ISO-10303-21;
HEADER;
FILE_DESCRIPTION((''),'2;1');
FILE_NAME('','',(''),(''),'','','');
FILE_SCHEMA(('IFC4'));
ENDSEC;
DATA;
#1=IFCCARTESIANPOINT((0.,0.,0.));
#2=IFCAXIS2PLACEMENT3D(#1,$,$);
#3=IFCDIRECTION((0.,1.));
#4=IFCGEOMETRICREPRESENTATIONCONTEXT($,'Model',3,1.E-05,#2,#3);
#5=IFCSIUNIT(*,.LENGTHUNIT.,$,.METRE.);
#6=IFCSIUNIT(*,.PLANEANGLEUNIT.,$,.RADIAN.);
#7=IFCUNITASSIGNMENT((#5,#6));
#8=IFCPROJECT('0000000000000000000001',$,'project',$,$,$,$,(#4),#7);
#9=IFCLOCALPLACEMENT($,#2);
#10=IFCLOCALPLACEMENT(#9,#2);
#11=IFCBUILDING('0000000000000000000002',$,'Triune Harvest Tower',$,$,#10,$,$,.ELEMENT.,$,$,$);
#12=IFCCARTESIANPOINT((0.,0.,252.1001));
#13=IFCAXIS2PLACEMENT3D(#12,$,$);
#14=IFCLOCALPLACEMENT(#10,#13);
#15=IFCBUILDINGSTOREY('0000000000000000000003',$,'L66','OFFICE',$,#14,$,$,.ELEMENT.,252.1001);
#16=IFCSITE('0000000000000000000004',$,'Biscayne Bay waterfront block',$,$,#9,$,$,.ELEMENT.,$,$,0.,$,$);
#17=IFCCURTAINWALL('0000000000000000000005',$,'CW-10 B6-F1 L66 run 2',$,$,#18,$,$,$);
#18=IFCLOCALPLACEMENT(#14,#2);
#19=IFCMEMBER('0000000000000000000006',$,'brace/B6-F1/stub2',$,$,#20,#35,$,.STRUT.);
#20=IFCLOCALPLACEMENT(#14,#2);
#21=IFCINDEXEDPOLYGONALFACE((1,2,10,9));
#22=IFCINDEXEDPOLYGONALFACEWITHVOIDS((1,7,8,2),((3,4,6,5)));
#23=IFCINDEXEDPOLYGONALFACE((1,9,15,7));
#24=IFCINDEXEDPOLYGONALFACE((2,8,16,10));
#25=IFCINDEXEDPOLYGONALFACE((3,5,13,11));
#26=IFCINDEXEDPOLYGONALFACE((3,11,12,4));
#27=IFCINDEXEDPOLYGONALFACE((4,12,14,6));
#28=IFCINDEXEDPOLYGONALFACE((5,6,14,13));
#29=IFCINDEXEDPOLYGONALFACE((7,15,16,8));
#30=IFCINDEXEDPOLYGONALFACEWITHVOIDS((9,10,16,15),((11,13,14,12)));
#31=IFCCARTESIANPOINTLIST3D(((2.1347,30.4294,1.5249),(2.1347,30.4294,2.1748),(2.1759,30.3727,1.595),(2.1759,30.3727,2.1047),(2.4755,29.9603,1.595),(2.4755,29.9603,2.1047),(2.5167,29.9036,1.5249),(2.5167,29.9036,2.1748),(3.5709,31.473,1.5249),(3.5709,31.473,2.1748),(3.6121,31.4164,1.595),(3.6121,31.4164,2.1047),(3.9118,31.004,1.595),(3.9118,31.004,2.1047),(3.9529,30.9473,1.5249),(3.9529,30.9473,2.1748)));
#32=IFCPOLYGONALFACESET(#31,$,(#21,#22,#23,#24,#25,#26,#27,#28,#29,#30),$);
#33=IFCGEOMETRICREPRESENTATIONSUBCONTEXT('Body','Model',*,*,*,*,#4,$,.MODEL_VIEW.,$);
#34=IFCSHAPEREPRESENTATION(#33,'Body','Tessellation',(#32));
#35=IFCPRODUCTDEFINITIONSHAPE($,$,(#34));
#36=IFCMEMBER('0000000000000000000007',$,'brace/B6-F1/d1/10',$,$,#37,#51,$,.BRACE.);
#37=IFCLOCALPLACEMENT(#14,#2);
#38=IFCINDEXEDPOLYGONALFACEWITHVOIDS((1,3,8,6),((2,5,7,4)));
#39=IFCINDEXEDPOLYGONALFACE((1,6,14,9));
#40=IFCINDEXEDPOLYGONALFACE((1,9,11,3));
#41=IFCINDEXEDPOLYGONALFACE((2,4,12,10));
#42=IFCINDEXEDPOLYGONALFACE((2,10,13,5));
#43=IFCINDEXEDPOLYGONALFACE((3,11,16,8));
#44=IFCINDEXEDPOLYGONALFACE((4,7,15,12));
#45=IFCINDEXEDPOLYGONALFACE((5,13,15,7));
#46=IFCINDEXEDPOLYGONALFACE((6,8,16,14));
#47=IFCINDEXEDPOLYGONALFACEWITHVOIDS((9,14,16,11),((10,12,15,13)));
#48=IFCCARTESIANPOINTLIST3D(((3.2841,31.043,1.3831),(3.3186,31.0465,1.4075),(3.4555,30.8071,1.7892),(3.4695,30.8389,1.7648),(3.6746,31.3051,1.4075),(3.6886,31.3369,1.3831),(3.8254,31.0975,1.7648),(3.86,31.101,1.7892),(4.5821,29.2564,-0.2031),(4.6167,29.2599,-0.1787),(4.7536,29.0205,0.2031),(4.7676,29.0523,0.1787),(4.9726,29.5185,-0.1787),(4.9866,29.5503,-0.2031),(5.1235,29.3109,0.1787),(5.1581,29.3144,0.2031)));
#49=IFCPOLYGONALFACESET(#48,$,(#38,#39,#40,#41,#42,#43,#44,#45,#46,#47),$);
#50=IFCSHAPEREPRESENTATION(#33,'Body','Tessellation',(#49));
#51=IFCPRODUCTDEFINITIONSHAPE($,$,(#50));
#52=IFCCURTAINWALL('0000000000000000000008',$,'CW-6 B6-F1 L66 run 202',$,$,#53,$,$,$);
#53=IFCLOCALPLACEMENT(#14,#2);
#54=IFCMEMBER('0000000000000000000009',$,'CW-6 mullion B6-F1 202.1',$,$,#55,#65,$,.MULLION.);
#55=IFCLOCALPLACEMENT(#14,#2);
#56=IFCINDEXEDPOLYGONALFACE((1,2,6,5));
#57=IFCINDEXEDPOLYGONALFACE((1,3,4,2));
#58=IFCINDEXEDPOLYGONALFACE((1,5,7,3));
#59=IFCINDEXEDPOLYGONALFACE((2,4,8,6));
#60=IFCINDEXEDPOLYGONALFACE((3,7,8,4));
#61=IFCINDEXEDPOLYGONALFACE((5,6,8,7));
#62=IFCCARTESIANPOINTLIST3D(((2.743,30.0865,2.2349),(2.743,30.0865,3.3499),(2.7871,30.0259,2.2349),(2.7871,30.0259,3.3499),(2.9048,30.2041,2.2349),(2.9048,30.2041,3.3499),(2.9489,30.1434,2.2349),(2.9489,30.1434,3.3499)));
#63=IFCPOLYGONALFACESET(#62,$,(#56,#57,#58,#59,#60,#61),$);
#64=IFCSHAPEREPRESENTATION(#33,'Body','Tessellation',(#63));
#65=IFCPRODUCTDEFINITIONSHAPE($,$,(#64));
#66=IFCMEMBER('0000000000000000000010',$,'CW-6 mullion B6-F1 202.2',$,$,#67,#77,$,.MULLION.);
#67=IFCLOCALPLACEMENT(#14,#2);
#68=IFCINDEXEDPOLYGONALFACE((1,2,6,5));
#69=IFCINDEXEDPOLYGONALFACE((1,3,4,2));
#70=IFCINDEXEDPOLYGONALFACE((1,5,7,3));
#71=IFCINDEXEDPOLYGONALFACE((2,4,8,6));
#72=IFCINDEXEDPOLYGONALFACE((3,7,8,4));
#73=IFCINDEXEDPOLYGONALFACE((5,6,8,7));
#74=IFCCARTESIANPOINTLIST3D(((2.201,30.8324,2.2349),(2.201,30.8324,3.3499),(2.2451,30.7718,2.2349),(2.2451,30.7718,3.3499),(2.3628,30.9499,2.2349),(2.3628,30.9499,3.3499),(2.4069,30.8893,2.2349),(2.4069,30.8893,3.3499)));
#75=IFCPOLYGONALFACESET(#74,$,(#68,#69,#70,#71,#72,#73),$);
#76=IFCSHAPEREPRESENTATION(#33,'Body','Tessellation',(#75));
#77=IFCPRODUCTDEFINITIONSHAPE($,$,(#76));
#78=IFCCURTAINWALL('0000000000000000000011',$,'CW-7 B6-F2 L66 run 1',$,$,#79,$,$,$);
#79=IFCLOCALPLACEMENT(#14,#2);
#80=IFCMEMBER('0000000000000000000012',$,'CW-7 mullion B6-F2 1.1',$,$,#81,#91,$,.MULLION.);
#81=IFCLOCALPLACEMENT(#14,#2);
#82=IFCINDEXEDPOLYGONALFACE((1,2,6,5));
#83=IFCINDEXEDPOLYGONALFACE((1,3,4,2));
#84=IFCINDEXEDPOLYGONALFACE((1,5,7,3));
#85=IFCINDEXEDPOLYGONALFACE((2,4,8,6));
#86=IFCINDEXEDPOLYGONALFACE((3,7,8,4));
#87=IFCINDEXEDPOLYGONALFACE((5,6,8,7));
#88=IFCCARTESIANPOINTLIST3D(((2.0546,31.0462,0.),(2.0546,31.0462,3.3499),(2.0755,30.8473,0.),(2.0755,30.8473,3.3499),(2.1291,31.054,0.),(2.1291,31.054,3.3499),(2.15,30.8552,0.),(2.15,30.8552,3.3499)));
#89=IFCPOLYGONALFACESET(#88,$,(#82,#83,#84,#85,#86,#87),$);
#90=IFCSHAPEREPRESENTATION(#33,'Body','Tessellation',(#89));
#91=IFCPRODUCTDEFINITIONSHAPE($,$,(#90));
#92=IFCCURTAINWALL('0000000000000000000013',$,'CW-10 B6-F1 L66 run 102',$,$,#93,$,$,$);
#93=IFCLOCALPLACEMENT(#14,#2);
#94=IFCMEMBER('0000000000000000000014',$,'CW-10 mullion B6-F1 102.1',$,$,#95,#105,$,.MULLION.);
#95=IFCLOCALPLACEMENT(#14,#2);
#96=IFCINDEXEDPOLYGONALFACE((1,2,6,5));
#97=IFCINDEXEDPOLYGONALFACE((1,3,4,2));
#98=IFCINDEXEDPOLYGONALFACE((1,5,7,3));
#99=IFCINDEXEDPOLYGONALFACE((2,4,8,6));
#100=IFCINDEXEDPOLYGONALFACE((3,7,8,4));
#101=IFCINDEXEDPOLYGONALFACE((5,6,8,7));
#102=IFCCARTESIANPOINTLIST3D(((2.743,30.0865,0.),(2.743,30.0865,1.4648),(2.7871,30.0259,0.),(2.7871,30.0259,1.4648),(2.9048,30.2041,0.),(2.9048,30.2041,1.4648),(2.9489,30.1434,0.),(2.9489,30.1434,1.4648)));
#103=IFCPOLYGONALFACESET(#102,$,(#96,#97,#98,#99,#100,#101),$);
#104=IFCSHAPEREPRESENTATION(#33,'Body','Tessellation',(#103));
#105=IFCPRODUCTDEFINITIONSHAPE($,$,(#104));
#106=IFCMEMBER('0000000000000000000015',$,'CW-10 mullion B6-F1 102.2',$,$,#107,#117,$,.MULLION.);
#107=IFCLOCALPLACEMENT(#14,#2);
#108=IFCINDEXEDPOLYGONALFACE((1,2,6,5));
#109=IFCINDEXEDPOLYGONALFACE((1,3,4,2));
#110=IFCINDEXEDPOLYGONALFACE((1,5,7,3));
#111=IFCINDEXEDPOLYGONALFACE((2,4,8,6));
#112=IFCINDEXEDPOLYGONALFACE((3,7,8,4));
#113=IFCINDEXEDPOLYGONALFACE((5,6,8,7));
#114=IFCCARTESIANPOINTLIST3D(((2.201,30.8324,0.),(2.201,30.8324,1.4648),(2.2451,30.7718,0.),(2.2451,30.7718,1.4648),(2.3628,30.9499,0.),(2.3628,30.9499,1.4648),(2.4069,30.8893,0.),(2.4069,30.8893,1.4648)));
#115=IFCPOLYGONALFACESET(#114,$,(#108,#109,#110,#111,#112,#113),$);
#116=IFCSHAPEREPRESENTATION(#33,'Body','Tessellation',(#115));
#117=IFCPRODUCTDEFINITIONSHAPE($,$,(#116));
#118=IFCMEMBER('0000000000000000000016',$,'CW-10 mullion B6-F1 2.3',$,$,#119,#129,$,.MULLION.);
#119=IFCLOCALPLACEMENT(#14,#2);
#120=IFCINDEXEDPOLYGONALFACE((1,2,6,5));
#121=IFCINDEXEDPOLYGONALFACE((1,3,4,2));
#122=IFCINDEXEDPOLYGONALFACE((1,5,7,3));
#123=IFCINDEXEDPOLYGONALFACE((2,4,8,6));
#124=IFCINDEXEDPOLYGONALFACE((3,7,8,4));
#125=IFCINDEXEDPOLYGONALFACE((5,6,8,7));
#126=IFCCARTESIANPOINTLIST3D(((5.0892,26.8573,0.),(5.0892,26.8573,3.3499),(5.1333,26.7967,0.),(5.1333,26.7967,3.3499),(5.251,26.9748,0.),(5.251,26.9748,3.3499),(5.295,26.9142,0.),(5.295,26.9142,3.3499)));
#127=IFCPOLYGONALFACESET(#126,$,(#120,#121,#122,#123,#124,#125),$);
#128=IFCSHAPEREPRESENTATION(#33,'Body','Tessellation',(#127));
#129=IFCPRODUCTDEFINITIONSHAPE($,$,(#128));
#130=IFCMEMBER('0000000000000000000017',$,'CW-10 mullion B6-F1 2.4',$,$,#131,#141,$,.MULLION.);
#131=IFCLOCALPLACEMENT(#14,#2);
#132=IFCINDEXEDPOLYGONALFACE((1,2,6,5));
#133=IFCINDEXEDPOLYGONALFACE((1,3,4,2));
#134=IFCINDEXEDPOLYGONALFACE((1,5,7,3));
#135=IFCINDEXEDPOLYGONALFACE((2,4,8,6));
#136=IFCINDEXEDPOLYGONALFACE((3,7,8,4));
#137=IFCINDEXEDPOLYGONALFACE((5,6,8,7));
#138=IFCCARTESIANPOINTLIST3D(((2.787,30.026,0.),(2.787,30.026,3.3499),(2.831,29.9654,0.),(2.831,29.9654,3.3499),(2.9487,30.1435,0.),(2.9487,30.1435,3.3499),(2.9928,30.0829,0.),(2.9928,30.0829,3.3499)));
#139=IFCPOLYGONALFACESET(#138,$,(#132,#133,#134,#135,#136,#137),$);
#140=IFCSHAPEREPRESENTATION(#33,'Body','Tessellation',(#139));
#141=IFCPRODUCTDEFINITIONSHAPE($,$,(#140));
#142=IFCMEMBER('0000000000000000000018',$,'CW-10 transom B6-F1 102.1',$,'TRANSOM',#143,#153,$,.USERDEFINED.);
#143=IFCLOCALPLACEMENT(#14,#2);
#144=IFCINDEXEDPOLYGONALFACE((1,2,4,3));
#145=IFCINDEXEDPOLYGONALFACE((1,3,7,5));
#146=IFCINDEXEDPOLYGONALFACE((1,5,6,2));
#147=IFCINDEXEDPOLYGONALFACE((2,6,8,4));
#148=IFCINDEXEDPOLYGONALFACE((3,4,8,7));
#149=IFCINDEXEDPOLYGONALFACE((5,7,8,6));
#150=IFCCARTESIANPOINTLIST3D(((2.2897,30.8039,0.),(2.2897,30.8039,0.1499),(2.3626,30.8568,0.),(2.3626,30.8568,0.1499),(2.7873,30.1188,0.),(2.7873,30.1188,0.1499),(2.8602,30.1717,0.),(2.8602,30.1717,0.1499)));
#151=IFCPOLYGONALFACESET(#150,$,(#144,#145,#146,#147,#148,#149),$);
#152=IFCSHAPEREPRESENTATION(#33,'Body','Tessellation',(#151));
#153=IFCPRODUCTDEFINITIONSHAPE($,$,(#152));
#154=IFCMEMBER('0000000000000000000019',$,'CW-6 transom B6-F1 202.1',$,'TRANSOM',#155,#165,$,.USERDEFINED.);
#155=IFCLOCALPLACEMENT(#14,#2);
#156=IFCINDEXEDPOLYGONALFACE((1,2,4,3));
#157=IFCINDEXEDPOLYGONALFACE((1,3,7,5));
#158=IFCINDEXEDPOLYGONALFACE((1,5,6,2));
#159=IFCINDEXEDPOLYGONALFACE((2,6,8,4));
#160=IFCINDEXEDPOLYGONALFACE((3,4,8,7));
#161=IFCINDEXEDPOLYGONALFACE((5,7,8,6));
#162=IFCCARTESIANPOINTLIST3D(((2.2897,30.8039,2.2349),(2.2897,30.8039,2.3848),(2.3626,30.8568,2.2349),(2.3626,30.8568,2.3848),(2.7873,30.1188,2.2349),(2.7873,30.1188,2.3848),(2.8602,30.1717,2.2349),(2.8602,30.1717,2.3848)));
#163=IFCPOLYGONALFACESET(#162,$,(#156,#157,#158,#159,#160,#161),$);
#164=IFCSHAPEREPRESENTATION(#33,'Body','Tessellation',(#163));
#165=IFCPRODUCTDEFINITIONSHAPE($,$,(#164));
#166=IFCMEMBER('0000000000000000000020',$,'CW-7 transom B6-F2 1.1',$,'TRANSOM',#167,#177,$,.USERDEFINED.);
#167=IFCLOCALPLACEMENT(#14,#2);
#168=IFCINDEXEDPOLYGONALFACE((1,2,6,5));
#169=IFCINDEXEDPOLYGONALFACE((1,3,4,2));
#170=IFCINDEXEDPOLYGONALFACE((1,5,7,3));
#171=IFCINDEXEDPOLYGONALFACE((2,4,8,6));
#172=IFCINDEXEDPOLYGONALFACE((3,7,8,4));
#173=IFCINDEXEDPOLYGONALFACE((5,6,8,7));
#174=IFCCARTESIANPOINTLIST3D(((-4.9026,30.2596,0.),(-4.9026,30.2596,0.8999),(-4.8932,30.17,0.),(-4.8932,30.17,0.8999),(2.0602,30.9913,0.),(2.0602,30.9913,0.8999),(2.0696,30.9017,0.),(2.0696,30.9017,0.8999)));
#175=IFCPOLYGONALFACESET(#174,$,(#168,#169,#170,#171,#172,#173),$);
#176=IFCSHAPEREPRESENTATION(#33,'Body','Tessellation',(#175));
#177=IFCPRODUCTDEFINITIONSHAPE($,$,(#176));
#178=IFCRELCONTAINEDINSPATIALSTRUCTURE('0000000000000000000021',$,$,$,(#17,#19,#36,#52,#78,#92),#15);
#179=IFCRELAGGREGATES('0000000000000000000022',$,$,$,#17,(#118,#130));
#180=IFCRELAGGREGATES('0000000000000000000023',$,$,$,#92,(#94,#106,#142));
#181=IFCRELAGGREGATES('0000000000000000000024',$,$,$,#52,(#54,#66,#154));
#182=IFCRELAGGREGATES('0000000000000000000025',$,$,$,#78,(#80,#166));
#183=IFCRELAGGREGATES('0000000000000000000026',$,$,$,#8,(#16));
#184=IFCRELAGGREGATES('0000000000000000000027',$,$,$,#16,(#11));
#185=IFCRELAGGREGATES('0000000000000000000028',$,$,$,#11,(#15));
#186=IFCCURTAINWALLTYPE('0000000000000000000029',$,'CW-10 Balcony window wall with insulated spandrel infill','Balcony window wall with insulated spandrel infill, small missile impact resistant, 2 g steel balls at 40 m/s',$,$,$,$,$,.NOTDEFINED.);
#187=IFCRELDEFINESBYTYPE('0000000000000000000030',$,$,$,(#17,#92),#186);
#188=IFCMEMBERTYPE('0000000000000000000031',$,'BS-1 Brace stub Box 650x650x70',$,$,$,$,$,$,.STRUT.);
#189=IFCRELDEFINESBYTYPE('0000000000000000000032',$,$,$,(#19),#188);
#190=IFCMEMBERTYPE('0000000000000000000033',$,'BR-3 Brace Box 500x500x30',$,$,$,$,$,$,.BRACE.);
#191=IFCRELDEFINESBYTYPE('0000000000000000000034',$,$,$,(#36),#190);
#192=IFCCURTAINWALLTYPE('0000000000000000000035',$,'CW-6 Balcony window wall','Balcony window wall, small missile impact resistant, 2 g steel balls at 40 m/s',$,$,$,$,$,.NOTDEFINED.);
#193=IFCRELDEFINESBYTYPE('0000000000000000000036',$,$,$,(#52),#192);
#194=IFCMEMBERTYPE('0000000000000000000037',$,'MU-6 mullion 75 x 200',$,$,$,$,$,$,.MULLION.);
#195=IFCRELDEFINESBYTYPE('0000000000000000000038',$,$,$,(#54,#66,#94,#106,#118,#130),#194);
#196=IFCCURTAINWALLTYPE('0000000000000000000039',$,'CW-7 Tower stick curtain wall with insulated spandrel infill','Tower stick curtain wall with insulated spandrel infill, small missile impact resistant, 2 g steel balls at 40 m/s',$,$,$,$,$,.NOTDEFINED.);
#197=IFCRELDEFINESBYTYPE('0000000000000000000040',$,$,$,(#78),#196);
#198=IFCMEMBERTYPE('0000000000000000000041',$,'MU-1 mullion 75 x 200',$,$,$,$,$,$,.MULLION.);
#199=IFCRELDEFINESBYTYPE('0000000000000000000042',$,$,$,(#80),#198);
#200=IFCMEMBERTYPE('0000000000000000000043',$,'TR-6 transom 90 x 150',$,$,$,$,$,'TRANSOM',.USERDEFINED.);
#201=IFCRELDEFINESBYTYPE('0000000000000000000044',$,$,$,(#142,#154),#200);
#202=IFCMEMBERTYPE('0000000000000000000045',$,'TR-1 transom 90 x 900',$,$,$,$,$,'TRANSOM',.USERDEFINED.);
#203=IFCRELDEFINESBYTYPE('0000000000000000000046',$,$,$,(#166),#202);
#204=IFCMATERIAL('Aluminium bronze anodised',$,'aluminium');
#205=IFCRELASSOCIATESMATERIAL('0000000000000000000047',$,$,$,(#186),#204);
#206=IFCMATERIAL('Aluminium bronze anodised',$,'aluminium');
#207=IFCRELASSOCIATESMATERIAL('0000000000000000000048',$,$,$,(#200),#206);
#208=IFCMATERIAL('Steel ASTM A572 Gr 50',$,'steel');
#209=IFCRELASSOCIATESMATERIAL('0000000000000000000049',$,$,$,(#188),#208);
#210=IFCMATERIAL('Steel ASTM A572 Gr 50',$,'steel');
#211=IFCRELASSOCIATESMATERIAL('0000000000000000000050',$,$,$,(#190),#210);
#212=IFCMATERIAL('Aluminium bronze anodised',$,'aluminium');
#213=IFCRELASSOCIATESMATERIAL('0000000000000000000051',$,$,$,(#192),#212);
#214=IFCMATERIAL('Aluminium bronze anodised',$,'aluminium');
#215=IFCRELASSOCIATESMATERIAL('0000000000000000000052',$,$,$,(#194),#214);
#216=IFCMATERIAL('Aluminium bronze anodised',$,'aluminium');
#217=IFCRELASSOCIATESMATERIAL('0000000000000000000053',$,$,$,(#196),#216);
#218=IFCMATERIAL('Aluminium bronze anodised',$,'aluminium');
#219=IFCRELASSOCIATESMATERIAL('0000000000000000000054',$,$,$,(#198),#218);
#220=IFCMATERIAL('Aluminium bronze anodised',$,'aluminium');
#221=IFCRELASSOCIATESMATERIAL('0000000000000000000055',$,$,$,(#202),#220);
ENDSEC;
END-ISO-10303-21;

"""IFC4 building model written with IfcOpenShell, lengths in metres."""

from ifc_helpers import new_model, si_unit, direction, frame, origin, origin_2d, place, context, subcontext, project, spatial, rectangle, hollow_rectangle, extrude, source, transform, mapped, material, material_profile, profile_set, type_object, element, aggregate, save


model = new_model("IFC4")

# Units and contexts
model_context = context("Model", 3, precision=1e-05, world=origin(), true_north=direction((0.0, 1.0)))
body_context = subcontext(model_context, "Body", "Model", "MODEL_VIEW")
ifc_project = project(units=[si_unit("LENGTHUNIT", "METRE"), si_unit("PLANEANGLEUNIT", "RADIAN")], contexts=[model_context])

# Site, building, storey
site_placement = place(None, origin())
site = spatial("IfcSite", under=ifc_project, at=site_placement, Name="Biscayne Bay waterfront block", CompositionType="ELEMENT", RefElevation=0.0)
building_placement = place(site_placement, origin())
building = spatial("IfcBuilding", under=site, at=building_placement, Name="Triune Harvest Tower", CompositionType="ELEMENT")
storey_placement = place(building_placement, frame((0.0, 0.0, 252.1001)))
storey = spatial("IfcBuildingStorey", under=building, at=storey_placement, Name="L66", Description="OFFICE", CompositionType="ELEMENT", Elevation=252.1001)

# Curtain wall
ifc_material_1 = material(Name="Aluminium bronze anodised", Category="aluminium")
curtain_wall_type_1 = type_object("IfcCurtainWallType", Name="CW-10 Balcony window wall with insulated spandrel infill", Description="Balcony window wall with insulated spandrel infill, small missile impact resistant, 2 g steel balls at 40 m/s", PredefinedType="NOTDEFINED", material=ifc_material_1)
curtain_wall_1_placement = place(storey_placement, origin())
curtain_wall_1 = element("IfcCurtainWall", 1, at=curtain_wall_1_placement, inside=storey, type_object=curtain_wall_type_1, Name="CW-10 B6-F1 L66 run 2")
ifc_material_2 = material(Name="Aluminium bronze anodised", Category="aluminium")
ifc_material_profile_1 = material_profile(ifc_material_2, rectangle(XDim=0.0901, YDim=0.1499, at=origin_2d()), Name="TR-6 transom 90 x 150")
ifc_profile_set_1 = profile_set([ifc_material_profile_1], Name="Aluminium bronze anodised")
member_type_1 = type_object("IfcMemberType", Name="TR-6 transom 90 x 150", ElementType="TRANSOM", PredefinedType="USERDEFINED", material=ifc_profile_set_1)

# Members
ifc_material_3 = material(Name="Steel ASTM A572 Gr 50", Category="steel")
ifc_material_profile_2 = material_profile(ifc_material_3, hollow_rectangle(XDim=0.6499, YDim=0.6499, WallThickness=0.0701, at=origin_2d()), Name="Box 650x650x70")
ifc_profile_set_2 = profile_set([ifc_material_profile_2], Name="Steel ASTM A572 Gr 50")
member_type_2 = type_object("IfcMemberType", Name="BS-1 Brace stub Box 650x650x70", PredefinedType="STRUT", material=ifc_profile_set_2)
shared_shape_1 = source(origin(), body_context, "Body", "SweptSolid", [
    extrude(hollow_rectangle(XDim=0.6499, YDim=0.6499, WallThickness=0.0701, at=origin_2d()), origin(), (0.0, 0.0, 1.0), 1.7754),
])
member_1_placement = place(storey_placement, frame((2.3257, 30.1665, 1.8499), z_axis=(0.808968, 0.587853, 0.0), x_axis=(-0.587853, 0.808968, 0.0)))
element("IfcMember", 2, at=member_1_placement, inside=storey, type_object=member_type_2, Name="brace/B6-F1/stub2", PredefinedType="STRUT", context=body_context, shape_type="MappedRepresentation", body=[
    mapped(shared_shape_1, transform((0.0, 0.0, 0.0), scale=1.0)),
])
ifc_material_4 = material(Name="Steel ASTM A572 Gr 50", Category="steel")
ifc_material_profile_3 = material_profile(ifc_material_4, hollow_rectangle(XDim=0.5, YDim=0.5, WallThickness=0.03, at=origin_2d()), Name="Box 500x500x30")
ifc_profile_set_3 = profile_set([ifc_material_profile_3], Name="Steel ASTM A572 Gr 50")
member_type_3 = type_object("IfcMemberType", Name="BR-3 Brace Box 500x500x30", PredefinedType="BRACE", material=ifc_profile_set_3)
shared_shape_2 = source(origin(), body_context, "Body", "SweptSolid", [
    extrude(hollow_rectangle(XDim=0.5, YDim=0.5, WallThickness=0.03, at=origin_2d()), origin(), (0.0, 0.0, 1.0), 2.719),
])
member_2_placement = place(storey_placement, frame((4.8701, 29.2854, 0.0), z_axis=(-0.477414, 0.657084, 0.583366), x_axis=(-0.809008, -0.587797, 0.0)))
element("IfcMember", 3, at=member_2_placement, inside=storey, type_object=member_type_3, Name="brace/B6-F1/d1/10", PredefinedType="BRACE", context=body_context, shape_type="MappedRepresentation", body=[
    mapped(shared_shape_2, transform((0.0, 0.0, 0.0), scale=1.0)),
])

# Curtain wall, members
ifc_material_5 = material(Name="Aluminium bronze anodised", Category="aluminium")
curtain_wall_type_2 = type_object("IfcCurtainWallType", Name="CW-6 Balcony window wall", Description="Balcony window wall, small missile impact resistant, 2 g steel balls at 40 m/s", PredefinedType="NOTDEFINED", material=ifc_material_5)
curtain_wall_2_placement = place(storey_placement, origin())
curtain_wall_2 = element("IfcCurtainWall", 4, at=curtain_wall_2_placement, inside=storey, type_object=curtain_wall_type_2, Name="CW-6 B6-F1 L66 run 202")
ifc_material_6 = material(Name="Aluminium bronze anodised", Category="aluminium")
ifc_material_profile_4 = material_profile(ifc_material_6, rectangle(XDim=0.2, YDim=0.075, at=origin_2d()), Name="MU-6 mullion 75 x 200")
ifc_profile_set_4 = profile_set([ifc_material_profile_4], Name="Aluminium bronze anodised")
member_type_4 = type_object("IfcMemberType", Name="MU-6 mullion 75 x 200", PredefinedType="MULLION", material=ifc_profile_set_4)
shared_shape_3 = source(origin(), body_context, "Body", "SweptSolid", [
    extrude(rectangle(XDim=0.2, YDim=0.075, at=origin_2d()), origin(), (0.0, 0.0, 1.0), 1.115),
])
member_3_placement = place(storey_placement, frame((2.8459, 30.115, 2.2349), z_axis=(0.0, 0.0, 1.0), x_axis=(-0.809009, -0.587796, 0.0)))
member_3 = element("IfcMember", 5, at=member_3_placement, type_object=member_type_4, Name="CW-6 mullion B6-F1 202.1", PredefinedType="MULLION", context=body_context, shape_type="MappedRepresentation", body=[
    mapped(shared_shape_3, transform((0.0, 0.0, 0.0), scale=1.0)),
])
member_4_placement = place(storey_placement, frame((2.304, 30.8608, 2.2349), z_axis=(0.0, 0.0, 1.0), x_axis=(-0.809009, -0.587796, 0.0)))
member_4 = element("IfcMember", 6, at=member_4_placement, type_object=member_type_4, Name="CW-6 mullion B6-F1 202.2", PredefinedType="MULLION", context=body_context, shape_type="MappedRepresentation", body=[
    mapped(shared_shape_3, transform((0.0, 0.0, 0.0), scale=1.0)),
])

# Curtain wall, member
ifc_material_7 = material(Name="Aluminium bronze anodised", Category="aluminium")
curtain_wall_type_3 = type_object("IfcCurtainWallType", Name="CW-7 Tower stick curtain wall with insulated spandrel infill", Description="Tower stick curtain wall with insulated spandrel infill, small missile impact resistant, 2 g steel balls at 40 m/s", PredefinedType="NOTDEFINED", material=ifc_material_7)
curtain_wall_3_placement = place(storey_placement, origin())
curtain_wall_3 = element("IfcCurtainWall", 7, at=curtain_wall_3_placement, inside=storey, type_object=curtain_wall_type_3, Name="CW-7 B6-F2 L66 run 1")
ifc_material_8 = material(Name="Aluminium bronze anodised", Category="aluminium")
ifc_material_profile_5 = material_profile(ifc_material_8, rectangle(XDim=0.2, YDim=0.075, at=origin_2d()), Name="MU-1 mullion 75 x 200")
ifc_profile_set_5 = profile_set([ifc_material_profile_5], Name="Aluminium bronze anodised")
member_type_5 = type_object("IfcMemberType", Name="MU-1 mullion 75 x 200", PredefinedType="MULLION", material=ifc_profile_set_5)
shared_shape_4 = source(origin(), body_context, "Body", "SweptSolid", [
    extrude(rectangle(XDim=0.2, YDim=0.075, at=origin_2d()), origin(), (0.0, 0.0, 1.0), 3.3499),
])
member_5_placement = place(storey_placement, frame((2.1023, 30.9507, 0.0), z_axis=(0.0, 0.0, 1.0), x_axis=(0.104526, -0.994522, 0.0)))
member_5 = element("IfcMember", 8, at=member_5_placement, type_object=member_type_5, Name="CW-7 mullion B6-F2 1.1", PredefinedType="MULLION", context=body_context, shape_type="MappedRepresentation", body=[
    mapped(shared_shape_4, transform((0.0, 0.0, 0.0), scale=1.0)),
])

# Curtain wall, members
curtain_wall_4_placement = place(storey_placement, origin())
curtain_wall_4 = element("IfcCurtainWall", 9, at=curtain_wall_4_placement, inside=storey, type_object=curtain_wall_type_1, Name="CW-10 B6-F1 L66 run 102")
shared_shape_5 = source(origin(), body_context, "Body", "SweptSolid", [
    extrude(rectangle(XDim=0.2, YDim=0.075, at=origin_2d()), origin(), (0.0, 0.0, 1.0), 1.4648),
])
member_6_placement = place(storey_placement, frame((2.8459, 30.115, 0.0), z_axis=(0.0, 0.0, 1.0), x_axis=(-0.809009, -0.587796, 0.0)))
member_6 = element("IfcMember", 10, at=member_6_placement, type_object=member_type_4, Name="CW-10 mullion B6-F1 102.1", PredefinedType="MULLION", context=body_context, shape_type="MappedRepresentation", body=[
    mapped(shared_shape_5, transform((0.0, 0.0, 0.0), scale=1.0)),
])
member_7_placement = place(storey_placement, frame((2.304, 30.8608, 0.0), z_axis=(0.0, 0.0, 1.0), x_axis=(-0.809009, -0.587796, 0.0)))
member_7 = element("IfcMember", 11, at=member_7_placement, type_object=member_type_4, Name="CW-10 mullion B6-F1 102.2", PredefinedType="MULLION", context=body_context, shape_type="MappedRepresentation", body=[
    mapped(shared_shape_5, transform((0.0, 0.0, 0.0), scale=1.0)),
])

# Members
shared_shape_6 = source(origin(), body_context, "Body", "SweptSolid", [
    extrude(rectangle(XDim=0.2, YDim=0.075, at=origin_2d()), origin(), (0.0, 0.0, 1.0), 3.3499),
])
member_8_placement = place(storey_placement, frame((5.1921, 26.8857, 0.0), z_axis=(0.0, 0.0, 1.0), x_axis=(-0.809019, -0.587782, 0.0)))
member_8 = element("IfcMember", 12, at=member_8_placement, type_object=member_type_4, Name="CW-10 mullion B6-F1 2.3", PredefinedType="MULLION", context=body_context, shape_type="MappedRepresentation", body=[
    mapped(shared_shape_6, transform((0.0, 0.0, 0.0), scale=1.0)),
])
member_9_placement = place(storey_placement, frame((2.8899, 30.0544, 0.0), z_axis=(0.0, 0.0, 1.0), x_axis=(-0.809019, -0.587782, 0.0)))
member_9 = element("IfcMember", 13, at=member_9_placement, type_object=member_type_4, Name="CW-10 mullion B6-F1 2.4", PredefinedType="MULLION", context=body_context, shape_type="MappedRepresentation", body=[
    mapped(shared_shape_6, transform((0.0, 0.0, 0.0), scale=1.0)),
])
shared_shape_7 = source(origin(), body_context, "Body", "SweptSolid", [
    extrude(rectangle(XDim=0.0901, YDim=0.1499, at=origin_2d()), origin(), (0.0, 0.0, 1.0), 0.8467),
])
member_10_placement = place(storey_placement, frame((2.8237, 30.1453, 0.075), z_axis=(-0.587657, 0.80911, 0.0), x_axis=(-0.80911, -0.587657, 0.0)))
member_10 = element("IfcMember", 14, at=member_10_placement, type_object=member_type_1, Name="CW-10 transom B6-F1 102.1", ObjectType="TRANSOM", PredefinedType="USERDEFINED", context=body_context, shape_type="MappedRepresentation", body=[
    mapped(shared_shape_7, transform((0.0, 0.0, 0.0), scale=1.0)),
])
member_11_placement = place(storey_placement, frame((2.8237, 30.1453, 2.3098), z_axis=(-0.587657, 0.80911, 0.0), x_axis=(-0.80911, -0.587657, 0.0)))
member_11 = element("IfcMember", 15, at=member_11_placement, type_object=member_type_1, Name="CW-6 transom B6-F1 202.1", ObjectType="TRANSOM", PredefinedType="USERDEFINED", context=body_context, shape_type="MappedRepresentation", body=[
    mapped(shared_shape_7, transform((0.0, 0.0, 0.0), scale=1.0)),
])
ifc_material_9 = material(Name="Aluminium bronze anodised", Category="aluminium")
ifc_material_profile_6 = material_profile(ifc_material_9, rectangle(XDim=0.0901, YDim=0.8999, at=origin_2d()), Name="TR-1 transom 90 x 900")
ifc_profile_set_6 = profile_set([ifc_material_profile_6], Name="Aluminium bronze anodised")
member_type_6 = type_object("IfcMemberType", Name="TR-1 transom 90 x 900", ElementType="TRANSOM", PredefinedType="USERDEFINED", material=ifc_profile_set_6)
shared_shape_8 = source(origin(), body_context, "Body", "SweptSolid", [
    extrude(rectangle(XDim=0.0901, YDim=0.8999, at=origin_2d()), origin(), (0.0, 0.0, 1.0), 7.0012),
])
member_12_placement = place(storey_placement, frame((2.0649, 30.9465, 0.45), z_axis=(-0.994524, -0.104509, 0.0), x_axis=(0.104509, -0.994524, 0.0)))
member_12 = element("IfcMember", 16, at=member_12_placement, type_object=member_type_6, Name="CW-7 transom B6-F2 1.1", ObjectType="TRANSOM", PredefinedType="USERDEFINED", context=body_context, shape_type="MappedRepresentation", body=[
    mapped(shared_shape_8, transform((0.0, 0.0, 0.0), scale=1.0)),
])

aggregate(curtain_wall_1, [member_8, member_9])
aggregate(curtain_wall_4, [member_6, member_7, member_10])
aggregate(curtain_wall_2, [member_3, member_4, member_11])
aggregate(curtain_wall_3, [member_5, member_12])

save(model, "model.ifc")
